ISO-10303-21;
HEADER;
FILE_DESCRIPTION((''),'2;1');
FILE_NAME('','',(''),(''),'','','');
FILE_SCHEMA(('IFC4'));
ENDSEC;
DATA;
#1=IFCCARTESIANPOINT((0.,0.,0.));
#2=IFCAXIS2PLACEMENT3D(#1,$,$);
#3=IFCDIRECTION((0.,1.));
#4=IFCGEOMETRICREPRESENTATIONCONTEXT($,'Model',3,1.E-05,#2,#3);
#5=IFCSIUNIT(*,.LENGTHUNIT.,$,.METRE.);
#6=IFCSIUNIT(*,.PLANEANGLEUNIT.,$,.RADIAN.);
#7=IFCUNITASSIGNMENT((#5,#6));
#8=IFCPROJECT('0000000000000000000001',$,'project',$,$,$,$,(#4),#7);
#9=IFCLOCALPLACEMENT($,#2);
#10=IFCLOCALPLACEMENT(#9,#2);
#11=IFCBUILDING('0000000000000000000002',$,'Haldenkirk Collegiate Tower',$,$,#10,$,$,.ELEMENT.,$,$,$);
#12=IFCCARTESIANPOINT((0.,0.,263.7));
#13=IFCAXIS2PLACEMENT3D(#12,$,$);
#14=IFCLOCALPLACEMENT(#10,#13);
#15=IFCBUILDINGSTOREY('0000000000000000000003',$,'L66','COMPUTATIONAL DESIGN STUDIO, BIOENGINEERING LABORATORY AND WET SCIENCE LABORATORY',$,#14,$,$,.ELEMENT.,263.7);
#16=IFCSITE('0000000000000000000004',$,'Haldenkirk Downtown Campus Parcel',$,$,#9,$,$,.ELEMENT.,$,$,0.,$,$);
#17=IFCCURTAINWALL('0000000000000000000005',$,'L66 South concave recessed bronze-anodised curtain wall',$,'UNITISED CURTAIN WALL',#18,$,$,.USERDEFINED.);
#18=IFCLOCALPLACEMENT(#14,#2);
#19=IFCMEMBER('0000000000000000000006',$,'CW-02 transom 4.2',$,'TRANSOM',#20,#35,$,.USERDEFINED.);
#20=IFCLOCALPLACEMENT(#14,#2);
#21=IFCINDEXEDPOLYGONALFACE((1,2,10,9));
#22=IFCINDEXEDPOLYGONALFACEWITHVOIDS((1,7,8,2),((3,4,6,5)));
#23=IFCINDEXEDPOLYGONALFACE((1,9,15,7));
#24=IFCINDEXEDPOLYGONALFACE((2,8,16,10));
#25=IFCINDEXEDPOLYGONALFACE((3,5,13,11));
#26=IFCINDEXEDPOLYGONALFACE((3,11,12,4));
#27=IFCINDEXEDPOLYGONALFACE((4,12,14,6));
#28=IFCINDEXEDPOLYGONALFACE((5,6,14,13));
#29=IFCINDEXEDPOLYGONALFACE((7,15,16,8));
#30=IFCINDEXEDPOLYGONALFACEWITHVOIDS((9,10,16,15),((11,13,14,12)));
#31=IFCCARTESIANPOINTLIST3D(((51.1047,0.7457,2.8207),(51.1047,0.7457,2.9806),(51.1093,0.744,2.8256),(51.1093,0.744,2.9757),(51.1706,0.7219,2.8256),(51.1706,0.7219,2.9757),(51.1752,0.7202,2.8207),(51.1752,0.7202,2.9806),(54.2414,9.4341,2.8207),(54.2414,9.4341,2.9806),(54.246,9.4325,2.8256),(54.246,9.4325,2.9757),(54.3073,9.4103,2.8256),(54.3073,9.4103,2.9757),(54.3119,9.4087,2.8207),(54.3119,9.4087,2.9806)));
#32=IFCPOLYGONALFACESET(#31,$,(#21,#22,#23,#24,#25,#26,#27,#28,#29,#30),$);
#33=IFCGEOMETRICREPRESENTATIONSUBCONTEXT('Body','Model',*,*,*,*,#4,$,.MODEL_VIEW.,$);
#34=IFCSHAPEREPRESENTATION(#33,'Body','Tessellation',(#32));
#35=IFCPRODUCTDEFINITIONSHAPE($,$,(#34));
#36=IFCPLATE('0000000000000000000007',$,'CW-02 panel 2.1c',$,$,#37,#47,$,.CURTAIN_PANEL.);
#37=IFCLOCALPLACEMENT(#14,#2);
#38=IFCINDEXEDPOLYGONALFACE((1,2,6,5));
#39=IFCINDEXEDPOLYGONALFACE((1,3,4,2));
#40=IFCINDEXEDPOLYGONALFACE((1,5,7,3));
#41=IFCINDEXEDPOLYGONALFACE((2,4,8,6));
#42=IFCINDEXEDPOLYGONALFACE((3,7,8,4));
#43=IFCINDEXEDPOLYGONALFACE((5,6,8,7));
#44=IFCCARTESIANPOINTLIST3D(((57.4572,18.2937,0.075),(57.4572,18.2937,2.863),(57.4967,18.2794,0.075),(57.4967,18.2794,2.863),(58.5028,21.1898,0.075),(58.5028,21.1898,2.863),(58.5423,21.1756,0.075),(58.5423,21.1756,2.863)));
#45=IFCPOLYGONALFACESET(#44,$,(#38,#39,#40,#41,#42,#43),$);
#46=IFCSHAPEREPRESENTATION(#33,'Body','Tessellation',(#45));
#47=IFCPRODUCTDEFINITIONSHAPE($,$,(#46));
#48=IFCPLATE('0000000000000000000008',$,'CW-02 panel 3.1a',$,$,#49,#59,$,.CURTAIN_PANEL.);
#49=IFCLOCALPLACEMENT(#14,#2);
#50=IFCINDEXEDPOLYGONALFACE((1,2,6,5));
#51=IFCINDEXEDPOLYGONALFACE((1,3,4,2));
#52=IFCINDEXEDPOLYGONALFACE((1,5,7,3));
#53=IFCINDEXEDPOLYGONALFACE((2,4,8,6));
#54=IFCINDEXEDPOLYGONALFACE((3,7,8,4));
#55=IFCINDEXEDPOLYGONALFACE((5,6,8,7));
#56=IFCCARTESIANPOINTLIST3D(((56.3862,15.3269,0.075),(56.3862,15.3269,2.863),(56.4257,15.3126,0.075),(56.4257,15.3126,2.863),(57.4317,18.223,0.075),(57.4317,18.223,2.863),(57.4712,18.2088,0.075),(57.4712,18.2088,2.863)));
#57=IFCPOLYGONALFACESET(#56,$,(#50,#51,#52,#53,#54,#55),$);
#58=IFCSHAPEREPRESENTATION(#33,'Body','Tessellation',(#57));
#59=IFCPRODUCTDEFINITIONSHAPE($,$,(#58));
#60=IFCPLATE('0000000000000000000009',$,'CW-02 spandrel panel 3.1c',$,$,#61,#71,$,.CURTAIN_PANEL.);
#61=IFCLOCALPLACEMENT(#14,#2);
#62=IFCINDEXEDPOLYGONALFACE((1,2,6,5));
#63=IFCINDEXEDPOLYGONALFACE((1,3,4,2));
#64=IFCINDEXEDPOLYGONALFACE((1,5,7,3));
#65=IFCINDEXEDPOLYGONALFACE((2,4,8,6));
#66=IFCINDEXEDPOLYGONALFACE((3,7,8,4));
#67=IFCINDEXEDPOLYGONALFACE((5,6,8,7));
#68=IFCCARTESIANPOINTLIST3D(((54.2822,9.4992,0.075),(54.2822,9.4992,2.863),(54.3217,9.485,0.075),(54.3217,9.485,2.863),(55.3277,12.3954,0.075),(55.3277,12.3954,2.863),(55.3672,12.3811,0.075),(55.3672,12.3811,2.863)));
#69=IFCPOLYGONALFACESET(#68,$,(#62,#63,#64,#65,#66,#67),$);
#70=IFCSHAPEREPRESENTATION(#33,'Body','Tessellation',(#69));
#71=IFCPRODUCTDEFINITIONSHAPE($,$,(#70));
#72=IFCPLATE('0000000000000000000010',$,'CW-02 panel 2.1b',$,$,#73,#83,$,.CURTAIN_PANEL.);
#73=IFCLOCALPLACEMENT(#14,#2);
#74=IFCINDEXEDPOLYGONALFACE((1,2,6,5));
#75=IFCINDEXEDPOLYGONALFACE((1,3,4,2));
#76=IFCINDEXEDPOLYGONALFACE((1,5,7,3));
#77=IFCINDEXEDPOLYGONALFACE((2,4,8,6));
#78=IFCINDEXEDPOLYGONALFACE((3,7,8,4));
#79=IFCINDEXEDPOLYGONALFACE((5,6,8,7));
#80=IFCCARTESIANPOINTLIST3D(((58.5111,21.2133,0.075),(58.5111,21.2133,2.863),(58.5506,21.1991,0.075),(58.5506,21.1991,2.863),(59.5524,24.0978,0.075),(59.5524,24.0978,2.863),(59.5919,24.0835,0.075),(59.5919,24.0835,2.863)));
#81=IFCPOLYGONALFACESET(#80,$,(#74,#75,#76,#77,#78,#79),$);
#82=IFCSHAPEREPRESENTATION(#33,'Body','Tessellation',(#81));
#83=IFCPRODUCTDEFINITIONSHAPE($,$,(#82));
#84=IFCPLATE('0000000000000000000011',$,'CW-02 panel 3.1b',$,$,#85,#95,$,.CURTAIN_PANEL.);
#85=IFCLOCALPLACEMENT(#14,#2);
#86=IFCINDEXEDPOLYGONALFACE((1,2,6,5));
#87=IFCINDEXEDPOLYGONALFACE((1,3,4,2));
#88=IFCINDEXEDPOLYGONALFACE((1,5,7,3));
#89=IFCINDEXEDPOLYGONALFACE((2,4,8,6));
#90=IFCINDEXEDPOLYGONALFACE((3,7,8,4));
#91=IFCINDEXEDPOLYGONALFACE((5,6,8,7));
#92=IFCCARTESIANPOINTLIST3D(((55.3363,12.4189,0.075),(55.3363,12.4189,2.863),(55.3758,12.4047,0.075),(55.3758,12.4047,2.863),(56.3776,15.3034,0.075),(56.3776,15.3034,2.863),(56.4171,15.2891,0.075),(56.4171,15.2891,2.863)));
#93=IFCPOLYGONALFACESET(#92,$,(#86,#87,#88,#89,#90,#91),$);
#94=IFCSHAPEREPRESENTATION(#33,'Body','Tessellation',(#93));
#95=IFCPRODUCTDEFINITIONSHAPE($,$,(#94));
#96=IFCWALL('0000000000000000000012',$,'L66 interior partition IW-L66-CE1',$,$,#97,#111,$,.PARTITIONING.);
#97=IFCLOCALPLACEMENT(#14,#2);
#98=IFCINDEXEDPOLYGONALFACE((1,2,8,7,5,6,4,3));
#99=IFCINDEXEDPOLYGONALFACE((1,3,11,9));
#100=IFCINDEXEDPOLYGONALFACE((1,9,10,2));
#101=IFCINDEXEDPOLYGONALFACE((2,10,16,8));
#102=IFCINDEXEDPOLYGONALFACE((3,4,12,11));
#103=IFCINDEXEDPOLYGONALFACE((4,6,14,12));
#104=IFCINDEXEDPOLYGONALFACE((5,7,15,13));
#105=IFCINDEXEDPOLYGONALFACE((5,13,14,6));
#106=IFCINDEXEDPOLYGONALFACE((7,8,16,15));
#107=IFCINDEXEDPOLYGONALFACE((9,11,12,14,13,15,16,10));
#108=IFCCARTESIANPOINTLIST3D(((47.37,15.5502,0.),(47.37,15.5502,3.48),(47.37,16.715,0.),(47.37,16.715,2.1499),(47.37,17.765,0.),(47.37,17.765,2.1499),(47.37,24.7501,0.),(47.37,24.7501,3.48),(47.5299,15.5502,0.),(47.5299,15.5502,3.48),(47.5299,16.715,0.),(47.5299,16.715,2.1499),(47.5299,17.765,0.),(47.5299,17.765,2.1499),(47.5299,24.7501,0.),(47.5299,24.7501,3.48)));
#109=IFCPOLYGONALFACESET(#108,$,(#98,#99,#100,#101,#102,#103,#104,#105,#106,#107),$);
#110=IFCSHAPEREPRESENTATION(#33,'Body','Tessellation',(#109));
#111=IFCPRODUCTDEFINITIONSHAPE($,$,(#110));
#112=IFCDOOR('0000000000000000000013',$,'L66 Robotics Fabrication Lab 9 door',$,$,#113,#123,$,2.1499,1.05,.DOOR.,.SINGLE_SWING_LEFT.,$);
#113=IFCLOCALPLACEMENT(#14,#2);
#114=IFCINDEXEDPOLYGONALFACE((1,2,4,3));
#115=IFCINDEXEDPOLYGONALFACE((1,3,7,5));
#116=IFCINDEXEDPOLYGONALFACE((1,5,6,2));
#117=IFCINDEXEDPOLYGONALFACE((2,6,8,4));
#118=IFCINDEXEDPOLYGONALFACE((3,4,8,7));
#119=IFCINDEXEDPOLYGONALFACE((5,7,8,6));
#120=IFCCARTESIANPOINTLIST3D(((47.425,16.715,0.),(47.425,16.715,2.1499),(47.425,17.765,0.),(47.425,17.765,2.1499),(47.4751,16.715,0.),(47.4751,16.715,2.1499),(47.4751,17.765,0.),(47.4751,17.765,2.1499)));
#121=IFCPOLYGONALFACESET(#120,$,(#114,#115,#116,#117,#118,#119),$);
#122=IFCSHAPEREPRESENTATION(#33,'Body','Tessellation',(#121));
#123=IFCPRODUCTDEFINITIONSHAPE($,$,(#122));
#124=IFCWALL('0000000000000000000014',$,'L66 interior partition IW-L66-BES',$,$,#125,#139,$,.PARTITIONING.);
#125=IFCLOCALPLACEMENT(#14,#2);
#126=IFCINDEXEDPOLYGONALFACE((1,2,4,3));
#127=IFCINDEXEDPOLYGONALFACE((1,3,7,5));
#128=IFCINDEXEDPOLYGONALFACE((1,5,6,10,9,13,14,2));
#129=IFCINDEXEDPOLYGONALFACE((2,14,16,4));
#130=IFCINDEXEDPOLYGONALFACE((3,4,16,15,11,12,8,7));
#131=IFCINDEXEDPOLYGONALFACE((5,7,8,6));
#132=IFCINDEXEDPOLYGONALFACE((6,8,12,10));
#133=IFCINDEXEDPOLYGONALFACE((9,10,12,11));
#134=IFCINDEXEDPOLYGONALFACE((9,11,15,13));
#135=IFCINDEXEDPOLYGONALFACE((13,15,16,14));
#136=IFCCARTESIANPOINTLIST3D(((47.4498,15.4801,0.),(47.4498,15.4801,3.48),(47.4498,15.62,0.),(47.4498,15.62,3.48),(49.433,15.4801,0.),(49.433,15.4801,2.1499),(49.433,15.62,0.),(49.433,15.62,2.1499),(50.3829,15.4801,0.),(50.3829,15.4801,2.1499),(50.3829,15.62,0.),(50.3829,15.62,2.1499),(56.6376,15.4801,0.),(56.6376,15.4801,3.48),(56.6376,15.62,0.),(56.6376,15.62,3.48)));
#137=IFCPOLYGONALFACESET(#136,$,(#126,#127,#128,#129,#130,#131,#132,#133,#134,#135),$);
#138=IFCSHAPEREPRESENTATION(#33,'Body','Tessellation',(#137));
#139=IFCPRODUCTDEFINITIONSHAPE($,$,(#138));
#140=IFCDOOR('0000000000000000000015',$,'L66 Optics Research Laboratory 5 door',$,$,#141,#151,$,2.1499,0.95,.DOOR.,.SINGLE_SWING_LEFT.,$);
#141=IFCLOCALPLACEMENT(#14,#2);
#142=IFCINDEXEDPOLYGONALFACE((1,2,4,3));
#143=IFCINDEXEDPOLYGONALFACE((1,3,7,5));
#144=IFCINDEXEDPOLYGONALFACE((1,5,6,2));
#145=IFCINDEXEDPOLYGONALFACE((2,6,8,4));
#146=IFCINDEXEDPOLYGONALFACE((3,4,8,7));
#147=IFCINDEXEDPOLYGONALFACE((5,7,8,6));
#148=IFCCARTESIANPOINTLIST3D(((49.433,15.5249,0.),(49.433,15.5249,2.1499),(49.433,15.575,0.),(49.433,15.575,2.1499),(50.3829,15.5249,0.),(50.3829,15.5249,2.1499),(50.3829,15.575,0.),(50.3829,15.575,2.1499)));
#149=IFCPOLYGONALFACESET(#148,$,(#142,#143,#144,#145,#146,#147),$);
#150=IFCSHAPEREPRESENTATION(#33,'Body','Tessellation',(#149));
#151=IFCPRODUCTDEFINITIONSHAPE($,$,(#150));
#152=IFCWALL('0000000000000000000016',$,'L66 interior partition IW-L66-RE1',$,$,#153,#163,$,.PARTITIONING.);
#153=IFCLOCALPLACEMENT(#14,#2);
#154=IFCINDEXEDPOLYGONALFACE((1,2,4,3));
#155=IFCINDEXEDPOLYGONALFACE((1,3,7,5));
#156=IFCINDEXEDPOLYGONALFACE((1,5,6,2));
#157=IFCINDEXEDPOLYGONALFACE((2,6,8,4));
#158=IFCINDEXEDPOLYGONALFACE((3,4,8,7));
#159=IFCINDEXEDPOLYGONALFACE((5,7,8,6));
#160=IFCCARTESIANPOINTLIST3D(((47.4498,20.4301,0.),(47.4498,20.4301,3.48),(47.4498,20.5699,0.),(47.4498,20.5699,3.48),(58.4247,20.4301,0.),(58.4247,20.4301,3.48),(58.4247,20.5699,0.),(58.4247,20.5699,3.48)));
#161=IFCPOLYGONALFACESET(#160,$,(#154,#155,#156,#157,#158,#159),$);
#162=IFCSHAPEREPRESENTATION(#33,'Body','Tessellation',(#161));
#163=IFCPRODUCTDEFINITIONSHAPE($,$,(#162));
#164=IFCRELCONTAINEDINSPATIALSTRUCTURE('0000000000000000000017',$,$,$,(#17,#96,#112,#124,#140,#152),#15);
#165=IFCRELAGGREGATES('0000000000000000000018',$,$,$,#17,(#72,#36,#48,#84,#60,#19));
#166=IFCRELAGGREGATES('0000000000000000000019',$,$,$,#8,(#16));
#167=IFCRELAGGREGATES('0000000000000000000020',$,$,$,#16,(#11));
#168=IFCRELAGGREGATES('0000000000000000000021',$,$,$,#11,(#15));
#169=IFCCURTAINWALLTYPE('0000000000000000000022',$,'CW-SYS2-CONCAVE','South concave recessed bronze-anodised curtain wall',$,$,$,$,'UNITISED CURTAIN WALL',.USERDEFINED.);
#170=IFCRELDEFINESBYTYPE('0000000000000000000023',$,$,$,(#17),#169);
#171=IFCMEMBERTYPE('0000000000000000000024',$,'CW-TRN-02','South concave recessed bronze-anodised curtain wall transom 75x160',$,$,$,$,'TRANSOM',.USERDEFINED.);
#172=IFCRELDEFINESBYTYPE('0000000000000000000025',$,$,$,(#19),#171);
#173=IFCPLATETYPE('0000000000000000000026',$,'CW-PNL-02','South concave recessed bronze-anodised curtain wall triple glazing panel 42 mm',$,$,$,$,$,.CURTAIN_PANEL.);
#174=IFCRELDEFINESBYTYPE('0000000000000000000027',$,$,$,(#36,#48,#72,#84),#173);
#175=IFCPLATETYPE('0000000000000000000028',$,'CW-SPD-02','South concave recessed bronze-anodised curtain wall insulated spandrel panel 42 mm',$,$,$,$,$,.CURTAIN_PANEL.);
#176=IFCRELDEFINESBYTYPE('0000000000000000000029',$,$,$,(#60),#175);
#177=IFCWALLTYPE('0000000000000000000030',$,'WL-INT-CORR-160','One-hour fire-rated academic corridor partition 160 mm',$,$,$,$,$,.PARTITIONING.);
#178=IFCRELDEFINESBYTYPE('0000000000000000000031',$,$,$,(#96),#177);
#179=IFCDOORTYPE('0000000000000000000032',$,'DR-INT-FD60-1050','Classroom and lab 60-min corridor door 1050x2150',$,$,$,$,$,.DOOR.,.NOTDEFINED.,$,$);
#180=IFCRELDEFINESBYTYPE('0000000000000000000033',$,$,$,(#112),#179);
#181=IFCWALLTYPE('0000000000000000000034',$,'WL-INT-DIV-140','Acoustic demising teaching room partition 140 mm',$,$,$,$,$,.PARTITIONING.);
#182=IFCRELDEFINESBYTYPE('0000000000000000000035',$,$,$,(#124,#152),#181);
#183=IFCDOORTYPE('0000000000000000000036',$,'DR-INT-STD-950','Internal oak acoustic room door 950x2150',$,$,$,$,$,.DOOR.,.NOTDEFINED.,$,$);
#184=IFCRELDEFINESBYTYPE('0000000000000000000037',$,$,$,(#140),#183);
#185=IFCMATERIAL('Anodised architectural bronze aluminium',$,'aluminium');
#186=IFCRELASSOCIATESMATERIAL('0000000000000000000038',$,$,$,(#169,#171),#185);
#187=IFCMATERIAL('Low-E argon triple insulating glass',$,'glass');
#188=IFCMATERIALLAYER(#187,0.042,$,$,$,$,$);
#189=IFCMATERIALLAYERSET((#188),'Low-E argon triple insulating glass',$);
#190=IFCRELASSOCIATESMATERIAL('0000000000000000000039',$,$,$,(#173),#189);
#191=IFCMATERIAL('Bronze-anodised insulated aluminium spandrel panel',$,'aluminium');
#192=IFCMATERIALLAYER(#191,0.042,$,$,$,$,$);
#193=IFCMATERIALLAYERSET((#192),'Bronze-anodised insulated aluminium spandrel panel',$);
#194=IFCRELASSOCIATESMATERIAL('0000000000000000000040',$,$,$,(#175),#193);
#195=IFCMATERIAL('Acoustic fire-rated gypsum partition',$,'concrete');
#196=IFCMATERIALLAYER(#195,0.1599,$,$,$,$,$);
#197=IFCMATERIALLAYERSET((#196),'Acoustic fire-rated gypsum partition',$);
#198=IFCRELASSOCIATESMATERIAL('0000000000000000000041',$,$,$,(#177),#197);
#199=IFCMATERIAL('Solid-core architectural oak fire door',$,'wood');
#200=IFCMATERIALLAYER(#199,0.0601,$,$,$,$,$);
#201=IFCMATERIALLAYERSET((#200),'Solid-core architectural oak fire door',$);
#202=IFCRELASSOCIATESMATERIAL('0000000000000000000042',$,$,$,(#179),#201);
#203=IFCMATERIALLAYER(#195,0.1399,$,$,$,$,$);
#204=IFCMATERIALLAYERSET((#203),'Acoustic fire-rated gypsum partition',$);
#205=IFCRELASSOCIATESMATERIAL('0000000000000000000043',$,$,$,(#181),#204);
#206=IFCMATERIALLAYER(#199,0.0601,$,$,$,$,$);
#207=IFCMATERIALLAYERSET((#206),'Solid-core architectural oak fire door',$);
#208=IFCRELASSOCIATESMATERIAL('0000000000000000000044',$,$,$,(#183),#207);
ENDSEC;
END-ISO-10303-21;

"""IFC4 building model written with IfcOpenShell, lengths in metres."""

from ifc_helpers import new_model, si_unit, direction, frame, frame_2d, origin, origin_2d, place, context, subcontext, project, spatial, rectangle, hollow_rectangle, extrude, source, transform, mapped, material, layer, layer_set, material_profile, profile_set, type_object, element, fill, aggregate, save


model = new_model("IFC4")

# Units and contexts
model_context = context("Model", 3, precision=1e-05, world=origin(), true_north=direction((0.0, 1.0)))
body_context = subcontext(model_context, "Body", "Model", "MODEL_VIEW")
ifc_project = project(units=[si_unit("LENGTHUNIT", "METRE"), si_unit("PLANEANGLEUNIT", "RADIAN")], contexts=[model_context])

# Site, building, storey
site_placement = place(None, origin())
site = spatial("IfcSite", under=ifc_project, at=site_placement, Name="Haldenkirk Downtown Campus Parcel", CompositionType="ELEMENT", RefElevation=0.0)
building_placement = place(site_placement, origin())
building = spatial("IfcBuilding", under=site, at=building_placement, Name="Haldenkirk Collegiate Tower", CompositionType="ELEMENT")
storey_placement = place(building_placement, frame((0.0, 0.0, 263.7)))
storey = spatial("IfcBuildingStorey", under=building, at=storey_placement, Name="L66", Description="COMPUTATIONAL DESIGN STUDIO, BIOENGINEERING LABORATORY AND WET SCIENCE LABORATORY", CompositionType="ELEMENT", Elevation=263.7)

# Curtain wall, member, plates
ifc_material_1 = material(Name="Anodised architectural bronze aluminium", Category="aluminium")
curtain_wall_type = type_object("IfcCurtainWallType", Name="CW-SYS2-CONCAVE", Description="South concave recessed bronze-anodised curtain wall", ElementType="UNITISED CURTAIN WALL", PredefinedType="USERDEFINED", material=ifc_material_1)
curtain_wall_placement = place(storey_placement, origin())
curtain_wall = element("IfcCurtainWall", 1, at=curtain_wall_placement, inside=storey, type_object=curtain_wall_type, Name="L66 South concave recessed bronze-anodised curtain wall", ObjectType="UNITISED CURTAIN WALL", PredefinedType="USERDEFINED")
ifc_material_profile_1 = material_profile(ifc_material_1, hollow_rectangle(XDim=0.075, YDim=0.1599, WallThickness=0.0049, at=origin_2d()), Name="CW-TRN-02")
ifc_profile_set_1 = profile_set([ifc_material_profile_1], Name="Anodised architectural bronze aluminium")
member_type_1 = type_object("IfcMemberType", Name="CW-TRN-02", Description="South concave recessed bronze-anodised curtain wall transom 75x160", ElementType="TRANSOM", PredefinedType="USERDEFINED", material=ifc_profile_set_1)
member_1_placement = place(storey_placement, frame((54.2766, 9.4214, 2.9006), z_axis=(-0.339569, -0.940581, 0.0), x_axis=(0.940581, -0.339569, 0.0)))
member_1 = element("IfcMember", 2, at=member_1_placement, type_object=member_type_1, Name="CW-02 transom 4.2", ObjectType="TRANSOM", PredefinedType="USERDEFINED", context=body_context, shape_type="SweptSolid", body=[
    extrude(hollow_rectangle(XDim=0.075, YDim=0.1599, WallThickness=0.0049, at=origin_2d()), origin(), (0.0, 0.0, 1.0), 9.2373),
])
ifc_material_2 = material(Name="Low-E argon triple insulating glass", Category="glass")
ifc_layer_1 = layer(ifc_material_2, 0.042)
ifc_layer_set_1 = layer_set([ifc_layer_1], Name="Low-E argon triple insulating glass")
plate_type_1 = type_object("IfcPlateType", Name="CW-PNL-02", Description="South concave recessed bronze-anodised curtain wall triple glazing panel 42 mm", PredefinedType="CURTAIN_PANEL", material=ifc_layer_set_1)
shared_shape_1 = source(origin(), body_context, "Body", "SweptSolid", [
    extrude(rectangle(XDim=3.0791, YDim=0.042, at=origin_2d()), origin(), (0.0, 0.0, 1.0), 2.7881),
])
plate_1_placement = place(storey_placement, frame((57.9998, 19.7346, 0.075), z_axis=(0.0, 0.0, 1.0), x_axis=(-0.339559, -0.940585, 0.0)))
plate_1 = element("IfcPlate", 3, at=plate_1_placement, type_object=plate_type_1, Name="CW-02 panel 2.1c", PredefinedType="CURTAIN_PANEL", context=body_context, shape_type="MappedRepresentation", body=[
    mapped(shared_shape_1, transform((0.0, 0.0, 0.0), x_axis=(1.0, 0.0, 0.0), y_axis=(0.0, 1.0, 0.0), z_axis=(0.0, 0.0, 1.0), scale=1.0)),
])
plate_2_placement = place(storey_placement, frame((56.9287, 16.7678, 0.075), z_axis=(0.0, 0.0, 1.0), x_axis=(-0.339559, -0.940585, 0.0)))
plate_2 = element("IfcPlate", 4, at=plate_2_placement, type_object=plate_type_1, Name="CW-02 panel 3.1a", PredefinedType="CURTAIN_PANEL", context=body_context, shape_type="MappedRepresentation", body=[
    mapped(shared_shape_1, transform((0.0, 0.0, 0.0), x_axis=(1.0, 0.0, 0.0), y_axis=(0.0, 1.0, 0.0), z_axis=(0.0, 0.0, 1.0), scale=1.0)),
])
ifc_material_3 = material(Name="Bronze-anodised insulated aluminium spandrel panel", Category="aluminium")
ifc_layer_2 = layer(ifc_material_3, 0.042)
ifc_layer_set_2 = layer_set([ifc_layer_2], Name="Bronze-anodised insulated aluminium spandrel panel")
plate_type_2 = type_object("IfcPlateType", Name="CW-SPD-02", Description="South concave recessed bronze-anodised curtain wall insulated spandrel panel 42 mm", PredefinedType="CURTAIN_PANEL", material=ifc_layer_set_2)
plate_3_placement = place(storey_placement, frame((54.8247, 10.9402, 0.075), z_axis=(0.0, 0.0, 1.0), x_axis=(-0.339559, -0.940585, 0.0)))
plate_3 = element("IfcPlate", 5, at=plate_3_placement, type_object=plate_type_2, Name="CW-02 spandrel panel 3.1c", PredefinedType="CURTAIN_PANEL", context=body_context, shape_type="MappedRepresentation", body=[
    mapped(shared_shape_1, transform((0.0, 0.0, 0.0), x_axis=(1.0, 0.0, 0.0), y_axis=(0.0, 1.0, 0.0), z_axis=(0.0, 0.0, 1.0), scale=1.0)),
])
shared_shape_2 = source(origin(), body_context, "Body", "SweptSolid", [
    extrude(rectangle(XDim=3.0667, YDim=0.042, at=origin_2d()), origin(), (0.0, 0.0, 1.0), 2.7881),
])
plate_4_placement = place(storey_placement, frame((59.0515, 22.6484, 0.075), z_axis=(0.0, 0.0, 1.0), x_axis=(-0.339559, -0.940585, 0.0)))
plate_4 = element("IfcPlate", 6, at=plate_4_placement, type_object=plate_type_1, Name="CW-02 panel 2.1b", PredefinedType="CURTAIN_PANEL", context=body_context, shape_type="MappedRepresentation", body=[
    mapped(shared_shape_2, transform((0.0, 0.0, 0.0), x_axis=(1.0, 0.0, 0.0), y_axis=(0.0, 1.0, 0.0), z_axis=(0.0, 0.0, 1.0), scale=1.0)),
])
plate_5_placement = place(storey_placement, frame((55.8767, 13.854, 0.075), z_axis=(0.0, 0.0, 1.0), x_axis=(-0.339559, -0.940585, 0.0)))
plate_5 = element("IfcPlate", 7, at=plate_5_placement, type_object=plate_type_1, Name="CW-02 panel 3.1b", PredefinedType="CURTAIN_PANEL", context=body_context, shape_type="MappedRepresentation", body=[
    mapped(shared_shape_2, transform((0.0, 0.0, 0.0), x_axis=(1.0, 0.0, 0.0), y_axis=(0.0, 1.0, 0.0), z_axis=(0.0, 0.0, 1.0), scale=1.0)),
])
aggregate(curtain_wall, [plate_4, plate_1, plate_2, plate_5, plate_3, member_1])

# Walls, openings, doors
ifc_material_4 = material(Name="Acoustic fire-rated gypsum partition", Category="concrete")
ifc_layer_3 = layer(ifc_material_4, 0.1599)
ifc_layer_set_3 = layer_set([ifc_layer_3], Name="Acoustic fire-rated gypsum partition")
wall_type_1 = type_object("IfcWallType", Name="WL-INT-CORR-160", Description="One-hour fire-rated academic corridor partition 160 mm", PredefinedType="PARTITIONING", material=ifc_layer_set_3)
wall_1_placement = place(storey_placement, frame((47.45, 15.55, 0.0), z_axis=(0.0, 0.0, 1.0), x_axis=(0.0, 1.0, 0.0)))
wall_1 = element("IfcWall", 8, at=wall_1_placement, inside=storey, type_object=wall_type_1, Name="L66 interior partition IW-L66-CE1", PredefinedType="PARTITIONING", context=body_context, shape_type="SweptSolid", body=[
    extrude(rectangle(XDim=9.2, YDim=0.1599, at=frame_2d((4.6001, 0.0))), origin(), (0.0, 0.0, 1.0), 3.48),
])
opening_1_placement = place(wall_1_placement, frame((1.165, 0.0, 0.0)))
opening_1 = element("IfcOpeningElement", 9, at=opening_1_placement, cuts=wall_1, PredefinedType="OPENING", context=body_context, shape_type="SweptSolid", body=[
    extrude(rectangle(XDim=1.05, YDim=2.1499, at=frame_2d((0.5249, 1.075))), frame((0.0, 0.0898, 0.0), z_axis=(0.0, -1.0, 0.0), x_axis=(1.0, 0.0, 0.0)), (0.0, 0.0, 1.0), 0.1799),
])
ifc_material_5 = material(Name="Solid-core architectural oak fire door", Category="wood")
ifc_layer_4 = layer(ifc_material_5, 0.0601)
ifc_layer_set_4 = layer_set([ifc_layer_4], Name="Solid-core architectural oak fire door")
door_type_1 = type_object("IfcDoorType", Name="DR-INT-FD60-1050", Description="Classroom and lab 60-min corridor door 1050x2150", OperationType="NOTDEFINED", PredefinedType="DOOR", material=ifc_layer_set_4)
door_1_placement = place(opening_1_placement, origin())
door_1 = element("IfcDoor", 10, at=door_1_placement, inside=storey, type_object=door_type_1, Name="L66 Robotics Fabrication Lab 9 door", OperationType="SINGLE_SWING_LEFT", OverallHeight=2.1499, OverallWidth=1.05, PredefinedType="DOOR", context=body_context, shape_type="SweptSolid", body=[
    extrude(rectangle(XDim=1.05, YDim=2.1499, at=frame_2d((0.5249, 1.075))), frame((0.0, 0.0249, 0.0), z_axis=(0.0, -1.0, 0.0), x_axis=(1.0, 0.0, 0.0)), (0.0, 0.0, 1.0), 0.05),
])
fill(opening_1, door_1)
ifc_layer_5 = layer(ifc_material_4, 0.1399)
ifc_layer_set_5 = layer_set([ifc_layer_5], Name="Acoustic fire-rated gypsum partition")
wall_type_2 = type_object("IfcWallType", Name="WL-INT-DIV-140", Description="Acoustic demising teaching room partition 140 mm", PredefinedType="PARTITIONING", material=ifc_layer_set_5)
wall_2_placement = place(storey_placement, frame((47.45, 15.55, 0.0), z_axis=(0.0, 0.0, 1.0), x_axis=(1.0, 0.0, 0.0)))
wall_2 = element("IfcWall", 11, at=wall_2_placement, inside=storey, type_object=wall_type_2, Name="L66 interior partition IW-L66-BES", PredefinedType="PARTITIONING", context=body_context, shape_type="SweptSolid", body=[
    extrude(rectangle(XDim=9.1877, YDim=0.1399, at=frame_2d((4.5938, 0.0))), origin(), (0.0, 0.0, 1.0), 3.48),
])
opening_2_placement = place(wall_2_placement, frame((1.9829, 0.0, 0.0)))
opening_2 = element("IfcOpeningElement", 12, at=opening_2_placement, cuts=wall_2, PredefinedType="OPENING", context=body_context, shape_type="SweptSolid", body=[
    extrude(rectangle(XDim=0.95, YDim=2.1499, at=frame_2d((0.4751, 1.075))), frame((0.0, 0.0798, 0.0), z_axis=(0.0, -1.0, 0.0), x_axis=(1.0, 0.0, 0.0)), (0.0, 0.0, 1.0), 0.1599),
])
ifc_layer_6 = layer(ifc_material_5, 0.0601)
ifc_layer_set_6 = layer_set([ifc_layer_6], Name="Solid-core architectural oak fire door")
door_type_2 = type_object("IfcDoorType", Name="DR-INT-STD-950", Description="Internal oak acoustic room door 950x2150", OperationType="NOTDEFINED", PredefinedType="DOOR", material=ifc_layer_set_6)
door_2_placement = place(opening_2_placement, origin())
door_2 = element("IfcDoor", 13, at=door_2_placement, inside=storey, type_object=door_type_2, Name="L66 Optics Research Laboratory 5 door", OperationType="SINGLE_SWING_LEFT", OverallHeight=2.1499, OverallWidth=0.95, PredefinedType="DOOR", context=body_context, shape_type="SweptSolid", body=[
    extrude(rectangle(XDim=0.95, YDim=2.1499, at=frame_2d((0.4751, 1.075))), frame((0.0, 0.0249, 0.0), z_axis=(0.0, -1.0, 0.0), x_axis=(1.0, 0.0, 0.0)), (0.0, 0.0, 1.0), 0.05),
])
fill(opening_2, door_2)

# Wall
wall_3_placement = place(storey_placement, frame((47.45, 20.5, 0.0), z_axis=(0.0, 0.0, 1.0), x_axis=(1.0, 0.0, 0.0)))
element("IfcWall", 14, at=wall_3_placement, inside=storey, type_object=wall_type_2, Name="L66 interior partition IW-L66-RE1", PredefinedType="PARTITIONING", context=body_context, shape_type="SweptSolid", body=[
    extrude(rectangle(XDim=10.9749, YDim=0.1399, at=frame_2d((5.4873, 0.0))), origin(), (0.0, 0.0, 1.0), 3.48),
])

save(model, "model.ifc")
